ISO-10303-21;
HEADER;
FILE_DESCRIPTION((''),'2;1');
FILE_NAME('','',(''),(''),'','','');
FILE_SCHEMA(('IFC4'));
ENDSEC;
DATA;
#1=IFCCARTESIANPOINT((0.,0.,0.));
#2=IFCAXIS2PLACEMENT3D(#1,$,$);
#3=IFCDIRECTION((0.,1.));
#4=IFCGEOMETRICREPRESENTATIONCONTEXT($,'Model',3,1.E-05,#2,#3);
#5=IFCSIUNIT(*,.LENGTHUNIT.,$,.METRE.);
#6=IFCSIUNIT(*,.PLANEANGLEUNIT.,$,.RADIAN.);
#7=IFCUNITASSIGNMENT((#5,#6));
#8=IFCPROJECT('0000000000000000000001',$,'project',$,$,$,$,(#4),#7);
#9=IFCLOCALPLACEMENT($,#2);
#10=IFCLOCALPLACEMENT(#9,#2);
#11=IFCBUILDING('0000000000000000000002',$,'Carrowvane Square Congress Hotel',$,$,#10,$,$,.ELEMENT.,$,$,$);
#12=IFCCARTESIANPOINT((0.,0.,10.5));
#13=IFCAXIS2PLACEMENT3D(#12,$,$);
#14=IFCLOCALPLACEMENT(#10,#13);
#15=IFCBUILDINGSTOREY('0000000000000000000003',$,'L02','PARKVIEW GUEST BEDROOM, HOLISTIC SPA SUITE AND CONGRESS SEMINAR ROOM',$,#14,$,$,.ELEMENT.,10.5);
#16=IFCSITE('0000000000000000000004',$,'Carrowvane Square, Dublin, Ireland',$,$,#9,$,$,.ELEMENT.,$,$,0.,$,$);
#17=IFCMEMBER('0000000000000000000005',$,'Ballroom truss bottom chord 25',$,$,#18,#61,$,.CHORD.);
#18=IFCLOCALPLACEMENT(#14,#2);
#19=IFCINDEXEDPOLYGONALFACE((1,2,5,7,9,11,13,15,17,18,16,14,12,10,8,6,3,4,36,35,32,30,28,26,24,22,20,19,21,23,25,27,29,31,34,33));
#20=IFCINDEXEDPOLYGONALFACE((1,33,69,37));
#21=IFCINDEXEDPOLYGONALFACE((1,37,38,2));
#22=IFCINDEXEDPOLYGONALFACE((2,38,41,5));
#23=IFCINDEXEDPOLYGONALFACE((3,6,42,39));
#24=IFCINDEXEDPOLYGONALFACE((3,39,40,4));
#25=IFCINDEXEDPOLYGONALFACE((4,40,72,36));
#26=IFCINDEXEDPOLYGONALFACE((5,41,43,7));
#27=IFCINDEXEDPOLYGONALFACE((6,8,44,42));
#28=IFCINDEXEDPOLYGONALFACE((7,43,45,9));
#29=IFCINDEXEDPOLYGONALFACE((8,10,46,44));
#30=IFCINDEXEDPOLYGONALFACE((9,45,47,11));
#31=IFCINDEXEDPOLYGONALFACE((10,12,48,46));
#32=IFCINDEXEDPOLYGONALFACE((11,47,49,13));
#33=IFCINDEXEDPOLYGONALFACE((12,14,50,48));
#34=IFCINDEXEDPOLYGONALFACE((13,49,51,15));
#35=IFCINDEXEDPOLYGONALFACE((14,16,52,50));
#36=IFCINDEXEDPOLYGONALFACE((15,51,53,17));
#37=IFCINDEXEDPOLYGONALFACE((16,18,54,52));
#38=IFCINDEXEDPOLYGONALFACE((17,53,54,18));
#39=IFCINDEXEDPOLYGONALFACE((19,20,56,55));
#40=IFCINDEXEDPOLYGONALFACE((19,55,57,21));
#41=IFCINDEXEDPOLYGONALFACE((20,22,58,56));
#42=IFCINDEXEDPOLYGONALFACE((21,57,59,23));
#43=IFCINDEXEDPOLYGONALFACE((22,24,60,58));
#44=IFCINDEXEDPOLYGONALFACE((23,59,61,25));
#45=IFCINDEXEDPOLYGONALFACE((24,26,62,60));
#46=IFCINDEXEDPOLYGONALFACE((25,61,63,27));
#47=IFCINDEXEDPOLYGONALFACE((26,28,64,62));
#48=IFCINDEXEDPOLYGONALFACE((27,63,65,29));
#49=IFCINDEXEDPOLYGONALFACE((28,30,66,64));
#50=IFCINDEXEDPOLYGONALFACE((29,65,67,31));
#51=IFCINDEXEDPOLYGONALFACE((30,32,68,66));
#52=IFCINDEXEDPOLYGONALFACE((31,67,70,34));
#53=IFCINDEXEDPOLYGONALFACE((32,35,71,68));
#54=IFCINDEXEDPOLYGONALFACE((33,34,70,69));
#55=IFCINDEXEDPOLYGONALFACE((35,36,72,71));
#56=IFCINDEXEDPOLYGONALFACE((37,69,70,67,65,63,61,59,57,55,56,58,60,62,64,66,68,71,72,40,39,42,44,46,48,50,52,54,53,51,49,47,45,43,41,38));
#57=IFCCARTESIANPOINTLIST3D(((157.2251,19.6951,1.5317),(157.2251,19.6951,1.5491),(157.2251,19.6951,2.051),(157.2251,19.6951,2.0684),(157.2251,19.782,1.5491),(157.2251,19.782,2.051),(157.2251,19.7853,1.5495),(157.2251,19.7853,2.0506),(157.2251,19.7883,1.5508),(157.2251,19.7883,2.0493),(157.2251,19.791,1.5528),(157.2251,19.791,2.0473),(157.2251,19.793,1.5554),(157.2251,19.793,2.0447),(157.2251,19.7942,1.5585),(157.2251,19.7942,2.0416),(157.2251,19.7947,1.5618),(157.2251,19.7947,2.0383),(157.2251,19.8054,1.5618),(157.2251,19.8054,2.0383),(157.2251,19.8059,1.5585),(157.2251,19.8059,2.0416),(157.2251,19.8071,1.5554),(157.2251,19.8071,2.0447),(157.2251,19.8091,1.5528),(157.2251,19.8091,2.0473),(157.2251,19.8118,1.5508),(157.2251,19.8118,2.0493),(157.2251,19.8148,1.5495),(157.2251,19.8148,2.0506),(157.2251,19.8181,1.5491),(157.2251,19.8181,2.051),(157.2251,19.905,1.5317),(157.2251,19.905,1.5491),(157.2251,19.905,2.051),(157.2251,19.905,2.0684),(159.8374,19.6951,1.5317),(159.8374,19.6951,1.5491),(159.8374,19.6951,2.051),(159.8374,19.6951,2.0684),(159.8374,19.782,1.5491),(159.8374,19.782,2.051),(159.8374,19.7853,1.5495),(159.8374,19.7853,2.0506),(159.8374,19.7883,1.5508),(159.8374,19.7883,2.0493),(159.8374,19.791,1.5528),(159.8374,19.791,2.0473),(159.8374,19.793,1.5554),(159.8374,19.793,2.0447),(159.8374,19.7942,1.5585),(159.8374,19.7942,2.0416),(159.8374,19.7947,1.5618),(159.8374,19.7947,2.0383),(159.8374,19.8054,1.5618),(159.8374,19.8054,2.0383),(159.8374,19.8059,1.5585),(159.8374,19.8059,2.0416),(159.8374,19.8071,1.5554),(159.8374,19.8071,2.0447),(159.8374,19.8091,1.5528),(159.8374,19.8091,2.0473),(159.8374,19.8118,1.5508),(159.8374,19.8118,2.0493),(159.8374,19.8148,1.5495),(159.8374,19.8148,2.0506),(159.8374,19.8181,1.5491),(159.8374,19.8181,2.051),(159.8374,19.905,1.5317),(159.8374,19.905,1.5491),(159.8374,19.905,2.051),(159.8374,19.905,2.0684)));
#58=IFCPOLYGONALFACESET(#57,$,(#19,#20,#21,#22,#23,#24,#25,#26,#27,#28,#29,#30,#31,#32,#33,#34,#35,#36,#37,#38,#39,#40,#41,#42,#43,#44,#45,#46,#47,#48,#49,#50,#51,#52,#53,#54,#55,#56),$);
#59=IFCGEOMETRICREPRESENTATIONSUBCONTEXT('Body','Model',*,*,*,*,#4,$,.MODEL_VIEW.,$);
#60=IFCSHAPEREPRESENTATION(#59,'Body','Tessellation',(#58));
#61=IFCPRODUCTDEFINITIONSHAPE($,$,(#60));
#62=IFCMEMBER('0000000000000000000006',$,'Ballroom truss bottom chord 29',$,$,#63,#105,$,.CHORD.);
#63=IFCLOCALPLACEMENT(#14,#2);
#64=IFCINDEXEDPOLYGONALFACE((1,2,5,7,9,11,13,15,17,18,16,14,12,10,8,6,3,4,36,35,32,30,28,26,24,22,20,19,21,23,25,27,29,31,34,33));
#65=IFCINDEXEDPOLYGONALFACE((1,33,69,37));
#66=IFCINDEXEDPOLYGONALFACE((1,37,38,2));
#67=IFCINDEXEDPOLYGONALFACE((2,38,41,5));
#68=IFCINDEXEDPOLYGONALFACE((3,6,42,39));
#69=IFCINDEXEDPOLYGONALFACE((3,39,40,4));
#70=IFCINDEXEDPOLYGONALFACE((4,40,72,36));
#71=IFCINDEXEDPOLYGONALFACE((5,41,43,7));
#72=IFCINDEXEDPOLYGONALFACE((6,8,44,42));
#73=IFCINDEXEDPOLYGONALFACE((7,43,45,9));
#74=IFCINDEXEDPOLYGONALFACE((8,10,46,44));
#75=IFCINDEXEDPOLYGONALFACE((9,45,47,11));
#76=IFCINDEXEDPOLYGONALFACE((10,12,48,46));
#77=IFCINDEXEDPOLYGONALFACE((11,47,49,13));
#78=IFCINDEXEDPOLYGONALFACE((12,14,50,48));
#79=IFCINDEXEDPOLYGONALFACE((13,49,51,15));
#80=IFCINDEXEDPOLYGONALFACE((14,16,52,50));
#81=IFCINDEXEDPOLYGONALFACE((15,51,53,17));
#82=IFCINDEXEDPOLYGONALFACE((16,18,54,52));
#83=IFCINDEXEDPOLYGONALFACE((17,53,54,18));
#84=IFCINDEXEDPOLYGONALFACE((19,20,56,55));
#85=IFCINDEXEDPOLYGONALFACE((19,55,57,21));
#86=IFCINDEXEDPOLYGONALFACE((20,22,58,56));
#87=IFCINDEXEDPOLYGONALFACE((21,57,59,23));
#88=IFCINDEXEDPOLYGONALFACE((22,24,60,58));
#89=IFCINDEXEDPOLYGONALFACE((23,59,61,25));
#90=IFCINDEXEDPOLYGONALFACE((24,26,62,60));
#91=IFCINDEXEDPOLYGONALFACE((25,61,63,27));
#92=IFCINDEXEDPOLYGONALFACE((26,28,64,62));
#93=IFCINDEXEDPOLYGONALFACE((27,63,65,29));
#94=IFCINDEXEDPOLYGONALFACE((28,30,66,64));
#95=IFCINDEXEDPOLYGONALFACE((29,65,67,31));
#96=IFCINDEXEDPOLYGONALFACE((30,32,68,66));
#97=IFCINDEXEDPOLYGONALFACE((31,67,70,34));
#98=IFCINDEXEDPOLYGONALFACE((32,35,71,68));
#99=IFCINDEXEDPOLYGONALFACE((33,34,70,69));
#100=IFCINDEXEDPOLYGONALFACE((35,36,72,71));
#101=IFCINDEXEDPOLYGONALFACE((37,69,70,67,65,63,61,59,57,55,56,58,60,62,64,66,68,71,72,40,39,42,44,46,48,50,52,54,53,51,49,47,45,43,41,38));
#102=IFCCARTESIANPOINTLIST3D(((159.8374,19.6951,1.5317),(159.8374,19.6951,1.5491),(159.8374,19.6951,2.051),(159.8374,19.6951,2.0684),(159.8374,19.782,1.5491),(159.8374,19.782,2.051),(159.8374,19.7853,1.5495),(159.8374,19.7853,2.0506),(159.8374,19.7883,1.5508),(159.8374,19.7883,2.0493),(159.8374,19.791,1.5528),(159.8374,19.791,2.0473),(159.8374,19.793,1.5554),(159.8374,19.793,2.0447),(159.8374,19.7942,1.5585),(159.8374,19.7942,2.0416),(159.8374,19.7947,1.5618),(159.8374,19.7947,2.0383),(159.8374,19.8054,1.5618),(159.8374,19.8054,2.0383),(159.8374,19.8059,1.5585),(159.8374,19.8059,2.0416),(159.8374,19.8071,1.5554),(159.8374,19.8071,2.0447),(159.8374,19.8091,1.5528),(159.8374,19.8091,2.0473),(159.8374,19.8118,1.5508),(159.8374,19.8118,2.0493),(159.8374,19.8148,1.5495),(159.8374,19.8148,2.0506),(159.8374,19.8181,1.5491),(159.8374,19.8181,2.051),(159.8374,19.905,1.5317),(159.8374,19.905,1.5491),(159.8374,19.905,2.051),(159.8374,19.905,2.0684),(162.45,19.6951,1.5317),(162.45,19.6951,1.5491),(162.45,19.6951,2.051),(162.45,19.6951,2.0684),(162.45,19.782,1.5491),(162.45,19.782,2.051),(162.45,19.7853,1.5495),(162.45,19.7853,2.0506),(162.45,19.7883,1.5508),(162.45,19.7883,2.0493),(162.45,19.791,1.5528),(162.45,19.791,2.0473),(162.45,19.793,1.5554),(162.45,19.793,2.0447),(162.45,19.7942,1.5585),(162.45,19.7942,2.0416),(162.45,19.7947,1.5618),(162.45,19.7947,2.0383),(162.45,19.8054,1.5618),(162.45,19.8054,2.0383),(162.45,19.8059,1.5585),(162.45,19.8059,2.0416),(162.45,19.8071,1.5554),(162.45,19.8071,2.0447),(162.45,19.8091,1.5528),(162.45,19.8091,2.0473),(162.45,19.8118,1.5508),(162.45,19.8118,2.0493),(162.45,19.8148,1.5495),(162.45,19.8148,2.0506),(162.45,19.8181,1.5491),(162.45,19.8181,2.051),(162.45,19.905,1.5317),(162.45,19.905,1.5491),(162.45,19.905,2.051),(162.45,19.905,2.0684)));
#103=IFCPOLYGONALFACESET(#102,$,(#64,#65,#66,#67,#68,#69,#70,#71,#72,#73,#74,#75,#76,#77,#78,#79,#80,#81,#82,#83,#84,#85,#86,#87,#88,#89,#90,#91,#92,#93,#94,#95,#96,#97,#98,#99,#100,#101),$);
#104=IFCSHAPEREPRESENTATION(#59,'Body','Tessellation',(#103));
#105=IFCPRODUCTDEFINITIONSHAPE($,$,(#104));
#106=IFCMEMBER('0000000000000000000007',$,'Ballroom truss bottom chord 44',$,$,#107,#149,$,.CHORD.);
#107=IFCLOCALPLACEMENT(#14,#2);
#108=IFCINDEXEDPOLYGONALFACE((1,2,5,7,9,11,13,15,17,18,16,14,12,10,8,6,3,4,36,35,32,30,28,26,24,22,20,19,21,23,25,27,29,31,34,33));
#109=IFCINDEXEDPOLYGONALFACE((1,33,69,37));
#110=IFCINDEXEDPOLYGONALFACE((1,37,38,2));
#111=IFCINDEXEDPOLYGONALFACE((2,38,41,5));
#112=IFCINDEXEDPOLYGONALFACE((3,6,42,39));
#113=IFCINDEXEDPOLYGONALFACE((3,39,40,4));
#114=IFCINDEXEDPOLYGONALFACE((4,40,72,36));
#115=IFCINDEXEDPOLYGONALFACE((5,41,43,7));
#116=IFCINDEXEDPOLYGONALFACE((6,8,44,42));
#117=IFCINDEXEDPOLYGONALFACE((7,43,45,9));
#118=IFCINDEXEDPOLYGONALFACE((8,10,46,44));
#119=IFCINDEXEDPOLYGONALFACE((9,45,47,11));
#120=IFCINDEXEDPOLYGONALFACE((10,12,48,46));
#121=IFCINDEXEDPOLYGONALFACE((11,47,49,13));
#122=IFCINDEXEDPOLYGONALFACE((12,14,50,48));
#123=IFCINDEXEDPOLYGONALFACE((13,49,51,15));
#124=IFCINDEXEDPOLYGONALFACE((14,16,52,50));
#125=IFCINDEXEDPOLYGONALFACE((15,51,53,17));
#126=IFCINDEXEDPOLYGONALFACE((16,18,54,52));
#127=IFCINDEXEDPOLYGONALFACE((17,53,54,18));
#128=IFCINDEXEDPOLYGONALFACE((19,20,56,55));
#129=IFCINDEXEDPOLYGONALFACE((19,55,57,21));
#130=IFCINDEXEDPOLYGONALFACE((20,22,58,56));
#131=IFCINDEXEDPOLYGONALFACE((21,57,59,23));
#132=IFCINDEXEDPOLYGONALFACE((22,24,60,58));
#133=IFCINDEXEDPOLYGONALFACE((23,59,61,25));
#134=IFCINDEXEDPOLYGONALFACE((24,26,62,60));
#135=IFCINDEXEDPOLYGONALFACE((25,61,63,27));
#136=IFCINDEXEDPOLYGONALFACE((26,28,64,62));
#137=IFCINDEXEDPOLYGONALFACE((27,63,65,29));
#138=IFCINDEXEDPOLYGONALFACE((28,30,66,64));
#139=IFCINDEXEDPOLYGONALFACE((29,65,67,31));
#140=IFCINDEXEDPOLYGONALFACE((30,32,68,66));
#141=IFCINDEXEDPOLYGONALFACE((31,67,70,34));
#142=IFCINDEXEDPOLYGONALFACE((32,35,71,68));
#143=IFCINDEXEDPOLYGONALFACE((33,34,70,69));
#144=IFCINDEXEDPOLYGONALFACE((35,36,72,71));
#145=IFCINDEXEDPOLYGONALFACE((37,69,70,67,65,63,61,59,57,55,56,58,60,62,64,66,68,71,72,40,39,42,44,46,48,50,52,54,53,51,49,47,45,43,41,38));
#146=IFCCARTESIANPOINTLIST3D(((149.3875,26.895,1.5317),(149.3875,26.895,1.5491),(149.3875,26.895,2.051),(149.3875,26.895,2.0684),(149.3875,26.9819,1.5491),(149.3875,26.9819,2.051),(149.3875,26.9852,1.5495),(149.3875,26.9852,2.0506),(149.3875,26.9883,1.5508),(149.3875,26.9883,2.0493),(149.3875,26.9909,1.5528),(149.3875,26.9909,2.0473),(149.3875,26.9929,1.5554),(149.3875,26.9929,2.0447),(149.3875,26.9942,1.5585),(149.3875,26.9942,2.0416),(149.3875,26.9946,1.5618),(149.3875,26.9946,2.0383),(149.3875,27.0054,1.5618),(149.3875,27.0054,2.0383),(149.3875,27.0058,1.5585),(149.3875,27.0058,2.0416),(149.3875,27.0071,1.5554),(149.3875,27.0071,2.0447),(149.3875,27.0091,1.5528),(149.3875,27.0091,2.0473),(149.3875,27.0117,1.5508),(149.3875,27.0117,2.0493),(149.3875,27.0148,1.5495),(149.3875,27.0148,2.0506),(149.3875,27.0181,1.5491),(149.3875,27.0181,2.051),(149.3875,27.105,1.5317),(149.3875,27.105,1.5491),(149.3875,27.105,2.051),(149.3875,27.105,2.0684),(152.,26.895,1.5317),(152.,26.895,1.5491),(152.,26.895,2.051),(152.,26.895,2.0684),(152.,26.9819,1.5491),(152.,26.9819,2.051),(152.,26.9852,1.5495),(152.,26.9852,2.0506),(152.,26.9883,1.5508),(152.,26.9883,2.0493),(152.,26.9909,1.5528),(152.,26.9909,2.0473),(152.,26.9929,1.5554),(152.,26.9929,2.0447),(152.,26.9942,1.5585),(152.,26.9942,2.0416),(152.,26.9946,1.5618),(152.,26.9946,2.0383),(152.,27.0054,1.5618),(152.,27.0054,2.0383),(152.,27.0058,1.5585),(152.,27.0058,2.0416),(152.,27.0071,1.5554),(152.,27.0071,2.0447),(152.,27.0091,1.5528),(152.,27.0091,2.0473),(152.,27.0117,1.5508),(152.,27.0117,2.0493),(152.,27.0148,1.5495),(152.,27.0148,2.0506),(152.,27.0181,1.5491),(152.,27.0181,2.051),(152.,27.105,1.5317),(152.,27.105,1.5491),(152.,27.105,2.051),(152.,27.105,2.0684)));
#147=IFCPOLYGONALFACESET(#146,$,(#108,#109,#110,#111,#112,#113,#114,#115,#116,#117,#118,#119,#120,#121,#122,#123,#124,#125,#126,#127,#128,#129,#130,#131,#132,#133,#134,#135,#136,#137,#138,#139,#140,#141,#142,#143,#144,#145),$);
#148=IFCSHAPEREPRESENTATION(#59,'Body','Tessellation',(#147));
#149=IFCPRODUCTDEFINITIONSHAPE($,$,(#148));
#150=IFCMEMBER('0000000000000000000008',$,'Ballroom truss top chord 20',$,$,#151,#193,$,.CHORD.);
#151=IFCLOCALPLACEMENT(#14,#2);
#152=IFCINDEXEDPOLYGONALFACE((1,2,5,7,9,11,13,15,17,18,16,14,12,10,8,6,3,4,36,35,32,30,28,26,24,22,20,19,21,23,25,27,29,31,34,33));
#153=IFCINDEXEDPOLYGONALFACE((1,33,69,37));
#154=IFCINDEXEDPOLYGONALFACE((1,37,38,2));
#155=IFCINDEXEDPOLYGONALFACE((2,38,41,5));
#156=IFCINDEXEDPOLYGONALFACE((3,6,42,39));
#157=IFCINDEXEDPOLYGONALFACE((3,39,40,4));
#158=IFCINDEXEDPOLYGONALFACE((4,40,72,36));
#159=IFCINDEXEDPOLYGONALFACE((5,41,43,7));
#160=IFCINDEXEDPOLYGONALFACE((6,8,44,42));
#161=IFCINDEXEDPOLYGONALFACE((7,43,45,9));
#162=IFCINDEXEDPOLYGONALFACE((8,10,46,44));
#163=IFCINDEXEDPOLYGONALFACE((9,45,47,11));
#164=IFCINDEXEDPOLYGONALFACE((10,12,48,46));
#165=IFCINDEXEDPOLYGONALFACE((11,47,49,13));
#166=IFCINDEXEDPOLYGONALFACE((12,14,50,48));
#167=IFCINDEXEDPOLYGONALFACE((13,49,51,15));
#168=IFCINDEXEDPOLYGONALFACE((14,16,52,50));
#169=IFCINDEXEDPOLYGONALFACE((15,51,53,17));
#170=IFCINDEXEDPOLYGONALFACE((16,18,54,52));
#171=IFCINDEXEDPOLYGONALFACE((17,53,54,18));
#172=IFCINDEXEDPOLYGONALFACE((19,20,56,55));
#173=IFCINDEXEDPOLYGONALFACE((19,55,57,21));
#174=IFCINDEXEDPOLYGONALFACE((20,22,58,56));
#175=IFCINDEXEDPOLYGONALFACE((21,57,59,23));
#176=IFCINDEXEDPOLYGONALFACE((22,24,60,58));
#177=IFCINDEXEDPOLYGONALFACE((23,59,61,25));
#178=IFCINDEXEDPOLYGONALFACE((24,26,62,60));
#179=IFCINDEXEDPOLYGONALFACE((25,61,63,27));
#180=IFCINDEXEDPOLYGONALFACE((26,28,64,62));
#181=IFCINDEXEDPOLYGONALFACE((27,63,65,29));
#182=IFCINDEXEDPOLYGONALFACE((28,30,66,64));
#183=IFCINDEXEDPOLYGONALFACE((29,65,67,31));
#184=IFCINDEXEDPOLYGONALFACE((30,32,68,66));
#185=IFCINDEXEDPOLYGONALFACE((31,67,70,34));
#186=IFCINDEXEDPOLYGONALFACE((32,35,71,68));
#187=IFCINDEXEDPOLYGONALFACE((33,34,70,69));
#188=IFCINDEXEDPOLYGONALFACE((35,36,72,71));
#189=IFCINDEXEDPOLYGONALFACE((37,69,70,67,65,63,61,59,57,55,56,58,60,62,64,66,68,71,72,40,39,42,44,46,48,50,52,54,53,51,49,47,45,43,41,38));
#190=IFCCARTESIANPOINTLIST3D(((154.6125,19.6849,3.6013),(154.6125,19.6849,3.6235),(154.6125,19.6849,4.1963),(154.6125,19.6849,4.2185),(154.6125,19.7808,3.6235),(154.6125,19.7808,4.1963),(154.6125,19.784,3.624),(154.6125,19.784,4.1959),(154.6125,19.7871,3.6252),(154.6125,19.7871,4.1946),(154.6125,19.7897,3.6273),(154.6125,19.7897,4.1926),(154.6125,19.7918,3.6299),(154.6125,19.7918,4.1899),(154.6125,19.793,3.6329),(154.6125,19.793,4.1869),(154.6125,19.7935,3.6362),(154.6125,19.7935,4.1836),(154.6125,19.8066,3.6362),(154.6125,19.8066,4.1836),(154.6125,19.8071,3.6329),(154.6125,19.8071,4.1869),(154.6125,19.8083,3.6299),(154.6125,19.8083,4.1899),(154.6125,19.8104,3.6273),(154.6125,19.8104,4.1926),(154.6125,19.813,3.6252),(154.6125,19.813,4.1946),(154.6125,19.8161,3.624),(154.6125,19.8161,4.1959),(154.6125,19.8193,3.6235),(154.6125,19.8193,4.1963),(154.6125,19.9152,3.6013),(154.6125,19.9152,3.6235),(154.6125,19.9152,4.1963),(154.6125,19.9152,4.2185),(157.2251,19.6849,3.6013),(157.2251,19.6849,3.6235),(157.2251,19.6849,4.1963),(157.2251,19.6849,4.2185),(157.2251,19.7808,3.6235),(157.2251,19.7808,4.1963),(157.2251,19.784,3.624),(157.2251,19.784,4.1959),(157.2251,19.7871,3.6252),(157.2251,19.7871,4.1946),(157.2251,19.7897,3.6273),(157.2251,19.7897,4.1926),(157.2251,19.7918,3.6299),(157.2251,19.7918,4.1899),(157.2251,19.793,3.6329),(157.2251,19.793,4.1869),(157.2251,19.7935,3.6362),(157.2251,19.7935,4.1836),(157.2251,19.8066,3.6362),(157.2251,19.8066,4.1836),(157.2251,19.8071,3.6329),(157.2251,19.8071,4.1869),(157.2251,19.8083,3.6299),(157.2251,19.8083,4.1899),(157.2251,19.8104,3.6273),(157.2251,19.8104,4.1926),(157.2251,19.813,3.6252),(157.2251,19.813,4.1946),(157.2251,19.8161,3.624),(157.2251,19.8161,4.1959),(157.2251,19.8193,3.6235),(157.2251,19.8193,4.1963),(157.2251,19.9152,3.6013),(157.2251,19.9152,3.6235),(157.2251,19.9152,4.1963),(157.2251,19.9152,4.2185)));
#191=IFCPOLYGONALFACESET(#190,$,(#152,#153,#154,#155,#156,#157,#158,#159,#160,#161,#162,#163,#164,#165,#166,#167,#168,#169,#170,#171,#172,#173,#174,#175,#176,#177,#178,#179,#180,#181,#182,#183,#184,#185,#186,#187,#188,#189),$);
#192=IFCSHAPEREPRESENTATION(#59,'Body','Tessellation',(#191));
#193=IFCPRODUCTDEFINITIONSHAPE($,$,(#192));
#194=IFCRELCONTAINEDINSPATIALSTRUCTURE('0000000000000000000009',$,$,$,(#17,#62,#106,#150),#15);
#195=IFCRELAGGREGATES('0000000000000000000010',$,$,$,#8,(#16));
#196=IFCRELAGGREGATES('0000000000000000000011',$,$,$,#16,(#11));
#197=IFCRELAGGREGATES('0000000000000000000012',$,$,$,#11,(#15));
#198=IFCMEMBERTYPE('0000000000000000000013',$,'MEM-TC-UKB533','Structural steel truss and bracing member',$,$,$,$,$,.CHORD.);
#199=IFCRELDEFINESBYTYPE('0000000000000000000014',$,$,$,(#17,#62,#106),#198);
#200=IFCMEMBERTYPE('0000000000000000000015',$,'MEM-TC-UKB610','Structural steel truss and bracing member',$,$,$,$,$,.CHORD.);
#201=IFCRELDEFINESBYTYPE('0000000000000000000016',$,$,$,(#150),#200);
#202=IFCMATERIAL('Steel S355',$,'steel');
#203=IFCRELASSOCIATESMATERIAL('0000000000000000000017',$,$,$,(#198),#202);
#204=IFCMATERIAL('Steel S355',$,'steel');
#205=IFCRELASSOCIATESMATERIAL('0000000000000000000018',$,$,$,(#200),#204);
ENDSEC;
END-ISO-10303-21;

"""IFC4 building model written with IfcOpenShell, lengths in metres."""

from ifc_helpers import new_model, si_unit, direction, frame, origin, origin_2d, place, context, subcontext, project, spatial, i_section, extrude, material, material_profile, profile_set, type_object, element, save


model = new_model("IFC4")

# Units and contexts
model_context = context("Model", 3, precision=1e-05, world=origin(), true_north=direction((0.0, 1.0)))
body_context = subcontext(model_context, "Body", "Model", "MODEL_VIEW")
ifc_project = project(units=[si_unit("LENGTHUNIT", "METRE"), si_unit("PLANEANGLEUNIT", "RADIAN")], contexts=[model_context])

# Site, building, storey
site_placement = place(None, origin())
site = spatial("IfcSite", under=ifc_project, at=site_placement, Name="Carrowvane Square, Dublin, Ireland", CompositionType="ELEMENT", RefElevation=0.0)
building_placement = place(site_placement, origin())
building = spatial("IfcBuilding", under=site, at=building_placement, Name="Carrowvane Square Congress Hotel", CompositionType="ELEMENT")
storey_placement = place(building_placement, frame((0.0, 0.0, 10.5)))
storey = spatial("IfcBuildingStorey", under=building, at=storey_placement, Name="L02", Description="PARKVIEW GUEST BEDROOM, HOLISTIC SPA SUITE AND CONGRESS SEMINAR ROOM", CompositionType="ELEMENT", Elevation=10.5)

# Members
ifc_material_1 = material(Name="Steel S355", Category="steel")
ifc_material_profile_1 = material_profile(ifc_material_1, i_section(OverallWidth=0.21, OverallDepth=0.5366, WebThickness=0.0107, FlangeThickness=0.0173, FilletRadius=0.0127, at=origin_2d()), Name="UKB 533x210x101")
ifc_profile_set_1 = profile_set([ifc_material_profile_1], Name="Steel S355")
member_type_1 = type_object("IfcMemberType", Name="MEM-TC-UKB533", Description="Structural steel truss and bracing member", PredefinedType="CHORD", material=ifc_profile_set_1)
member_1_placement = place(storey_placement, frame((157.2251, 19.8, 1.8), z_axis=(1.0, 0.0, 0.0), x_axis=(0.0, 1.0, 0.0)))
element("IfcMember", 1, at=member_1_placement, inside=storey, type_object=member_type_1, Name="Ballroom truss bottom chord 25", PredefinedType="CHORD", context=body_context, shape_type="SweptSolid", body=[
    extrude(i_section(OverallWidth=0.21, OverallDepth=0.5366, WebThickness=0.0107, FlangeThickness=0.0173, FilletRadius=0.0127, at=origin_2d()), origin(), (0.0, 0.0, 1.0), 2.6123),
])
for number, where, z_axis, x_axis, name in (
    (2, (159.8374, 19.8, 1.8), (1.0, 0.0, 0.0), (0.0, 1.0, 0.0), "Ballroom truss bottom chord 29"),
    (3, (149.3875, 27.0, 1.8), (1.0, 0.0, 0.0), (0.0, 1.0, 0.0), "Ballroom truss bottom chord 44"),
):
    element("IfcMember", number, at=place(storey_placement, frame(where, z_axis=z_axis, x_axis=x_axis)), inside=storey, type_object=member_type_1, Name=name, PredefinedType="CHORD", context=body_context, shape_type="SweptSolid", body=[
        extrude(i_section(OverallWidth=0.21, OverallDepth=0.5366, WebThickness=0.0107, FlangeThickness=0.0173, FilletRadius=0.0127, at=origin_2d()), origin(), (0.0, 0.0, 1.0), 2.6125),
    ])
ifc_material_2 = material(Name="Steel S355", Category="steel")
ifc_material_profile_2 = material_profile(ifc_material_2, i_section(OverallWidth=0.2302, OverallDepth=0.6172, WebThickness=0.0132, FlangeThickness=0.0222, FilletRadius=0.0127, at=origin_2d()), Name="UKB 610x229x140")
ifc_profile_set_2 = profile_set([ifc_material_profile_2], Name="Steel S355")
member_type_2 = type_object("IfcMemberType", Name="MEM-TC-UKB610", Description="Structural steel truss and bracing member", PredefinedType="CHORD", material=ifc_profile_set_2)
member_2_placement = place(storey_placement, frame((154.6125, 19.8, 3.9099), z_axis=(1.0, 0.0, 0.0), x_axis=(0.0, 1.0, 0.0)))
element("IfcMember", 4, at=member_2_placement, inside=storey, type_object=member_type_2, Name="Ballroom truss top chord 20", PredefinedType="CHORD", context=body_context, shape_type="SweptSolid", body=[
    extrude(i_section(OverallWidth=0.2302, OverallDepth=0.6172, WebThickness=0.0132, FlangeThickness=0.0222, FilletRadius=0.0127, at=origin_2d()), origin(), (0.0, 0.0, 1.0), 2.6125),
])

save(model, "model.ifc")
